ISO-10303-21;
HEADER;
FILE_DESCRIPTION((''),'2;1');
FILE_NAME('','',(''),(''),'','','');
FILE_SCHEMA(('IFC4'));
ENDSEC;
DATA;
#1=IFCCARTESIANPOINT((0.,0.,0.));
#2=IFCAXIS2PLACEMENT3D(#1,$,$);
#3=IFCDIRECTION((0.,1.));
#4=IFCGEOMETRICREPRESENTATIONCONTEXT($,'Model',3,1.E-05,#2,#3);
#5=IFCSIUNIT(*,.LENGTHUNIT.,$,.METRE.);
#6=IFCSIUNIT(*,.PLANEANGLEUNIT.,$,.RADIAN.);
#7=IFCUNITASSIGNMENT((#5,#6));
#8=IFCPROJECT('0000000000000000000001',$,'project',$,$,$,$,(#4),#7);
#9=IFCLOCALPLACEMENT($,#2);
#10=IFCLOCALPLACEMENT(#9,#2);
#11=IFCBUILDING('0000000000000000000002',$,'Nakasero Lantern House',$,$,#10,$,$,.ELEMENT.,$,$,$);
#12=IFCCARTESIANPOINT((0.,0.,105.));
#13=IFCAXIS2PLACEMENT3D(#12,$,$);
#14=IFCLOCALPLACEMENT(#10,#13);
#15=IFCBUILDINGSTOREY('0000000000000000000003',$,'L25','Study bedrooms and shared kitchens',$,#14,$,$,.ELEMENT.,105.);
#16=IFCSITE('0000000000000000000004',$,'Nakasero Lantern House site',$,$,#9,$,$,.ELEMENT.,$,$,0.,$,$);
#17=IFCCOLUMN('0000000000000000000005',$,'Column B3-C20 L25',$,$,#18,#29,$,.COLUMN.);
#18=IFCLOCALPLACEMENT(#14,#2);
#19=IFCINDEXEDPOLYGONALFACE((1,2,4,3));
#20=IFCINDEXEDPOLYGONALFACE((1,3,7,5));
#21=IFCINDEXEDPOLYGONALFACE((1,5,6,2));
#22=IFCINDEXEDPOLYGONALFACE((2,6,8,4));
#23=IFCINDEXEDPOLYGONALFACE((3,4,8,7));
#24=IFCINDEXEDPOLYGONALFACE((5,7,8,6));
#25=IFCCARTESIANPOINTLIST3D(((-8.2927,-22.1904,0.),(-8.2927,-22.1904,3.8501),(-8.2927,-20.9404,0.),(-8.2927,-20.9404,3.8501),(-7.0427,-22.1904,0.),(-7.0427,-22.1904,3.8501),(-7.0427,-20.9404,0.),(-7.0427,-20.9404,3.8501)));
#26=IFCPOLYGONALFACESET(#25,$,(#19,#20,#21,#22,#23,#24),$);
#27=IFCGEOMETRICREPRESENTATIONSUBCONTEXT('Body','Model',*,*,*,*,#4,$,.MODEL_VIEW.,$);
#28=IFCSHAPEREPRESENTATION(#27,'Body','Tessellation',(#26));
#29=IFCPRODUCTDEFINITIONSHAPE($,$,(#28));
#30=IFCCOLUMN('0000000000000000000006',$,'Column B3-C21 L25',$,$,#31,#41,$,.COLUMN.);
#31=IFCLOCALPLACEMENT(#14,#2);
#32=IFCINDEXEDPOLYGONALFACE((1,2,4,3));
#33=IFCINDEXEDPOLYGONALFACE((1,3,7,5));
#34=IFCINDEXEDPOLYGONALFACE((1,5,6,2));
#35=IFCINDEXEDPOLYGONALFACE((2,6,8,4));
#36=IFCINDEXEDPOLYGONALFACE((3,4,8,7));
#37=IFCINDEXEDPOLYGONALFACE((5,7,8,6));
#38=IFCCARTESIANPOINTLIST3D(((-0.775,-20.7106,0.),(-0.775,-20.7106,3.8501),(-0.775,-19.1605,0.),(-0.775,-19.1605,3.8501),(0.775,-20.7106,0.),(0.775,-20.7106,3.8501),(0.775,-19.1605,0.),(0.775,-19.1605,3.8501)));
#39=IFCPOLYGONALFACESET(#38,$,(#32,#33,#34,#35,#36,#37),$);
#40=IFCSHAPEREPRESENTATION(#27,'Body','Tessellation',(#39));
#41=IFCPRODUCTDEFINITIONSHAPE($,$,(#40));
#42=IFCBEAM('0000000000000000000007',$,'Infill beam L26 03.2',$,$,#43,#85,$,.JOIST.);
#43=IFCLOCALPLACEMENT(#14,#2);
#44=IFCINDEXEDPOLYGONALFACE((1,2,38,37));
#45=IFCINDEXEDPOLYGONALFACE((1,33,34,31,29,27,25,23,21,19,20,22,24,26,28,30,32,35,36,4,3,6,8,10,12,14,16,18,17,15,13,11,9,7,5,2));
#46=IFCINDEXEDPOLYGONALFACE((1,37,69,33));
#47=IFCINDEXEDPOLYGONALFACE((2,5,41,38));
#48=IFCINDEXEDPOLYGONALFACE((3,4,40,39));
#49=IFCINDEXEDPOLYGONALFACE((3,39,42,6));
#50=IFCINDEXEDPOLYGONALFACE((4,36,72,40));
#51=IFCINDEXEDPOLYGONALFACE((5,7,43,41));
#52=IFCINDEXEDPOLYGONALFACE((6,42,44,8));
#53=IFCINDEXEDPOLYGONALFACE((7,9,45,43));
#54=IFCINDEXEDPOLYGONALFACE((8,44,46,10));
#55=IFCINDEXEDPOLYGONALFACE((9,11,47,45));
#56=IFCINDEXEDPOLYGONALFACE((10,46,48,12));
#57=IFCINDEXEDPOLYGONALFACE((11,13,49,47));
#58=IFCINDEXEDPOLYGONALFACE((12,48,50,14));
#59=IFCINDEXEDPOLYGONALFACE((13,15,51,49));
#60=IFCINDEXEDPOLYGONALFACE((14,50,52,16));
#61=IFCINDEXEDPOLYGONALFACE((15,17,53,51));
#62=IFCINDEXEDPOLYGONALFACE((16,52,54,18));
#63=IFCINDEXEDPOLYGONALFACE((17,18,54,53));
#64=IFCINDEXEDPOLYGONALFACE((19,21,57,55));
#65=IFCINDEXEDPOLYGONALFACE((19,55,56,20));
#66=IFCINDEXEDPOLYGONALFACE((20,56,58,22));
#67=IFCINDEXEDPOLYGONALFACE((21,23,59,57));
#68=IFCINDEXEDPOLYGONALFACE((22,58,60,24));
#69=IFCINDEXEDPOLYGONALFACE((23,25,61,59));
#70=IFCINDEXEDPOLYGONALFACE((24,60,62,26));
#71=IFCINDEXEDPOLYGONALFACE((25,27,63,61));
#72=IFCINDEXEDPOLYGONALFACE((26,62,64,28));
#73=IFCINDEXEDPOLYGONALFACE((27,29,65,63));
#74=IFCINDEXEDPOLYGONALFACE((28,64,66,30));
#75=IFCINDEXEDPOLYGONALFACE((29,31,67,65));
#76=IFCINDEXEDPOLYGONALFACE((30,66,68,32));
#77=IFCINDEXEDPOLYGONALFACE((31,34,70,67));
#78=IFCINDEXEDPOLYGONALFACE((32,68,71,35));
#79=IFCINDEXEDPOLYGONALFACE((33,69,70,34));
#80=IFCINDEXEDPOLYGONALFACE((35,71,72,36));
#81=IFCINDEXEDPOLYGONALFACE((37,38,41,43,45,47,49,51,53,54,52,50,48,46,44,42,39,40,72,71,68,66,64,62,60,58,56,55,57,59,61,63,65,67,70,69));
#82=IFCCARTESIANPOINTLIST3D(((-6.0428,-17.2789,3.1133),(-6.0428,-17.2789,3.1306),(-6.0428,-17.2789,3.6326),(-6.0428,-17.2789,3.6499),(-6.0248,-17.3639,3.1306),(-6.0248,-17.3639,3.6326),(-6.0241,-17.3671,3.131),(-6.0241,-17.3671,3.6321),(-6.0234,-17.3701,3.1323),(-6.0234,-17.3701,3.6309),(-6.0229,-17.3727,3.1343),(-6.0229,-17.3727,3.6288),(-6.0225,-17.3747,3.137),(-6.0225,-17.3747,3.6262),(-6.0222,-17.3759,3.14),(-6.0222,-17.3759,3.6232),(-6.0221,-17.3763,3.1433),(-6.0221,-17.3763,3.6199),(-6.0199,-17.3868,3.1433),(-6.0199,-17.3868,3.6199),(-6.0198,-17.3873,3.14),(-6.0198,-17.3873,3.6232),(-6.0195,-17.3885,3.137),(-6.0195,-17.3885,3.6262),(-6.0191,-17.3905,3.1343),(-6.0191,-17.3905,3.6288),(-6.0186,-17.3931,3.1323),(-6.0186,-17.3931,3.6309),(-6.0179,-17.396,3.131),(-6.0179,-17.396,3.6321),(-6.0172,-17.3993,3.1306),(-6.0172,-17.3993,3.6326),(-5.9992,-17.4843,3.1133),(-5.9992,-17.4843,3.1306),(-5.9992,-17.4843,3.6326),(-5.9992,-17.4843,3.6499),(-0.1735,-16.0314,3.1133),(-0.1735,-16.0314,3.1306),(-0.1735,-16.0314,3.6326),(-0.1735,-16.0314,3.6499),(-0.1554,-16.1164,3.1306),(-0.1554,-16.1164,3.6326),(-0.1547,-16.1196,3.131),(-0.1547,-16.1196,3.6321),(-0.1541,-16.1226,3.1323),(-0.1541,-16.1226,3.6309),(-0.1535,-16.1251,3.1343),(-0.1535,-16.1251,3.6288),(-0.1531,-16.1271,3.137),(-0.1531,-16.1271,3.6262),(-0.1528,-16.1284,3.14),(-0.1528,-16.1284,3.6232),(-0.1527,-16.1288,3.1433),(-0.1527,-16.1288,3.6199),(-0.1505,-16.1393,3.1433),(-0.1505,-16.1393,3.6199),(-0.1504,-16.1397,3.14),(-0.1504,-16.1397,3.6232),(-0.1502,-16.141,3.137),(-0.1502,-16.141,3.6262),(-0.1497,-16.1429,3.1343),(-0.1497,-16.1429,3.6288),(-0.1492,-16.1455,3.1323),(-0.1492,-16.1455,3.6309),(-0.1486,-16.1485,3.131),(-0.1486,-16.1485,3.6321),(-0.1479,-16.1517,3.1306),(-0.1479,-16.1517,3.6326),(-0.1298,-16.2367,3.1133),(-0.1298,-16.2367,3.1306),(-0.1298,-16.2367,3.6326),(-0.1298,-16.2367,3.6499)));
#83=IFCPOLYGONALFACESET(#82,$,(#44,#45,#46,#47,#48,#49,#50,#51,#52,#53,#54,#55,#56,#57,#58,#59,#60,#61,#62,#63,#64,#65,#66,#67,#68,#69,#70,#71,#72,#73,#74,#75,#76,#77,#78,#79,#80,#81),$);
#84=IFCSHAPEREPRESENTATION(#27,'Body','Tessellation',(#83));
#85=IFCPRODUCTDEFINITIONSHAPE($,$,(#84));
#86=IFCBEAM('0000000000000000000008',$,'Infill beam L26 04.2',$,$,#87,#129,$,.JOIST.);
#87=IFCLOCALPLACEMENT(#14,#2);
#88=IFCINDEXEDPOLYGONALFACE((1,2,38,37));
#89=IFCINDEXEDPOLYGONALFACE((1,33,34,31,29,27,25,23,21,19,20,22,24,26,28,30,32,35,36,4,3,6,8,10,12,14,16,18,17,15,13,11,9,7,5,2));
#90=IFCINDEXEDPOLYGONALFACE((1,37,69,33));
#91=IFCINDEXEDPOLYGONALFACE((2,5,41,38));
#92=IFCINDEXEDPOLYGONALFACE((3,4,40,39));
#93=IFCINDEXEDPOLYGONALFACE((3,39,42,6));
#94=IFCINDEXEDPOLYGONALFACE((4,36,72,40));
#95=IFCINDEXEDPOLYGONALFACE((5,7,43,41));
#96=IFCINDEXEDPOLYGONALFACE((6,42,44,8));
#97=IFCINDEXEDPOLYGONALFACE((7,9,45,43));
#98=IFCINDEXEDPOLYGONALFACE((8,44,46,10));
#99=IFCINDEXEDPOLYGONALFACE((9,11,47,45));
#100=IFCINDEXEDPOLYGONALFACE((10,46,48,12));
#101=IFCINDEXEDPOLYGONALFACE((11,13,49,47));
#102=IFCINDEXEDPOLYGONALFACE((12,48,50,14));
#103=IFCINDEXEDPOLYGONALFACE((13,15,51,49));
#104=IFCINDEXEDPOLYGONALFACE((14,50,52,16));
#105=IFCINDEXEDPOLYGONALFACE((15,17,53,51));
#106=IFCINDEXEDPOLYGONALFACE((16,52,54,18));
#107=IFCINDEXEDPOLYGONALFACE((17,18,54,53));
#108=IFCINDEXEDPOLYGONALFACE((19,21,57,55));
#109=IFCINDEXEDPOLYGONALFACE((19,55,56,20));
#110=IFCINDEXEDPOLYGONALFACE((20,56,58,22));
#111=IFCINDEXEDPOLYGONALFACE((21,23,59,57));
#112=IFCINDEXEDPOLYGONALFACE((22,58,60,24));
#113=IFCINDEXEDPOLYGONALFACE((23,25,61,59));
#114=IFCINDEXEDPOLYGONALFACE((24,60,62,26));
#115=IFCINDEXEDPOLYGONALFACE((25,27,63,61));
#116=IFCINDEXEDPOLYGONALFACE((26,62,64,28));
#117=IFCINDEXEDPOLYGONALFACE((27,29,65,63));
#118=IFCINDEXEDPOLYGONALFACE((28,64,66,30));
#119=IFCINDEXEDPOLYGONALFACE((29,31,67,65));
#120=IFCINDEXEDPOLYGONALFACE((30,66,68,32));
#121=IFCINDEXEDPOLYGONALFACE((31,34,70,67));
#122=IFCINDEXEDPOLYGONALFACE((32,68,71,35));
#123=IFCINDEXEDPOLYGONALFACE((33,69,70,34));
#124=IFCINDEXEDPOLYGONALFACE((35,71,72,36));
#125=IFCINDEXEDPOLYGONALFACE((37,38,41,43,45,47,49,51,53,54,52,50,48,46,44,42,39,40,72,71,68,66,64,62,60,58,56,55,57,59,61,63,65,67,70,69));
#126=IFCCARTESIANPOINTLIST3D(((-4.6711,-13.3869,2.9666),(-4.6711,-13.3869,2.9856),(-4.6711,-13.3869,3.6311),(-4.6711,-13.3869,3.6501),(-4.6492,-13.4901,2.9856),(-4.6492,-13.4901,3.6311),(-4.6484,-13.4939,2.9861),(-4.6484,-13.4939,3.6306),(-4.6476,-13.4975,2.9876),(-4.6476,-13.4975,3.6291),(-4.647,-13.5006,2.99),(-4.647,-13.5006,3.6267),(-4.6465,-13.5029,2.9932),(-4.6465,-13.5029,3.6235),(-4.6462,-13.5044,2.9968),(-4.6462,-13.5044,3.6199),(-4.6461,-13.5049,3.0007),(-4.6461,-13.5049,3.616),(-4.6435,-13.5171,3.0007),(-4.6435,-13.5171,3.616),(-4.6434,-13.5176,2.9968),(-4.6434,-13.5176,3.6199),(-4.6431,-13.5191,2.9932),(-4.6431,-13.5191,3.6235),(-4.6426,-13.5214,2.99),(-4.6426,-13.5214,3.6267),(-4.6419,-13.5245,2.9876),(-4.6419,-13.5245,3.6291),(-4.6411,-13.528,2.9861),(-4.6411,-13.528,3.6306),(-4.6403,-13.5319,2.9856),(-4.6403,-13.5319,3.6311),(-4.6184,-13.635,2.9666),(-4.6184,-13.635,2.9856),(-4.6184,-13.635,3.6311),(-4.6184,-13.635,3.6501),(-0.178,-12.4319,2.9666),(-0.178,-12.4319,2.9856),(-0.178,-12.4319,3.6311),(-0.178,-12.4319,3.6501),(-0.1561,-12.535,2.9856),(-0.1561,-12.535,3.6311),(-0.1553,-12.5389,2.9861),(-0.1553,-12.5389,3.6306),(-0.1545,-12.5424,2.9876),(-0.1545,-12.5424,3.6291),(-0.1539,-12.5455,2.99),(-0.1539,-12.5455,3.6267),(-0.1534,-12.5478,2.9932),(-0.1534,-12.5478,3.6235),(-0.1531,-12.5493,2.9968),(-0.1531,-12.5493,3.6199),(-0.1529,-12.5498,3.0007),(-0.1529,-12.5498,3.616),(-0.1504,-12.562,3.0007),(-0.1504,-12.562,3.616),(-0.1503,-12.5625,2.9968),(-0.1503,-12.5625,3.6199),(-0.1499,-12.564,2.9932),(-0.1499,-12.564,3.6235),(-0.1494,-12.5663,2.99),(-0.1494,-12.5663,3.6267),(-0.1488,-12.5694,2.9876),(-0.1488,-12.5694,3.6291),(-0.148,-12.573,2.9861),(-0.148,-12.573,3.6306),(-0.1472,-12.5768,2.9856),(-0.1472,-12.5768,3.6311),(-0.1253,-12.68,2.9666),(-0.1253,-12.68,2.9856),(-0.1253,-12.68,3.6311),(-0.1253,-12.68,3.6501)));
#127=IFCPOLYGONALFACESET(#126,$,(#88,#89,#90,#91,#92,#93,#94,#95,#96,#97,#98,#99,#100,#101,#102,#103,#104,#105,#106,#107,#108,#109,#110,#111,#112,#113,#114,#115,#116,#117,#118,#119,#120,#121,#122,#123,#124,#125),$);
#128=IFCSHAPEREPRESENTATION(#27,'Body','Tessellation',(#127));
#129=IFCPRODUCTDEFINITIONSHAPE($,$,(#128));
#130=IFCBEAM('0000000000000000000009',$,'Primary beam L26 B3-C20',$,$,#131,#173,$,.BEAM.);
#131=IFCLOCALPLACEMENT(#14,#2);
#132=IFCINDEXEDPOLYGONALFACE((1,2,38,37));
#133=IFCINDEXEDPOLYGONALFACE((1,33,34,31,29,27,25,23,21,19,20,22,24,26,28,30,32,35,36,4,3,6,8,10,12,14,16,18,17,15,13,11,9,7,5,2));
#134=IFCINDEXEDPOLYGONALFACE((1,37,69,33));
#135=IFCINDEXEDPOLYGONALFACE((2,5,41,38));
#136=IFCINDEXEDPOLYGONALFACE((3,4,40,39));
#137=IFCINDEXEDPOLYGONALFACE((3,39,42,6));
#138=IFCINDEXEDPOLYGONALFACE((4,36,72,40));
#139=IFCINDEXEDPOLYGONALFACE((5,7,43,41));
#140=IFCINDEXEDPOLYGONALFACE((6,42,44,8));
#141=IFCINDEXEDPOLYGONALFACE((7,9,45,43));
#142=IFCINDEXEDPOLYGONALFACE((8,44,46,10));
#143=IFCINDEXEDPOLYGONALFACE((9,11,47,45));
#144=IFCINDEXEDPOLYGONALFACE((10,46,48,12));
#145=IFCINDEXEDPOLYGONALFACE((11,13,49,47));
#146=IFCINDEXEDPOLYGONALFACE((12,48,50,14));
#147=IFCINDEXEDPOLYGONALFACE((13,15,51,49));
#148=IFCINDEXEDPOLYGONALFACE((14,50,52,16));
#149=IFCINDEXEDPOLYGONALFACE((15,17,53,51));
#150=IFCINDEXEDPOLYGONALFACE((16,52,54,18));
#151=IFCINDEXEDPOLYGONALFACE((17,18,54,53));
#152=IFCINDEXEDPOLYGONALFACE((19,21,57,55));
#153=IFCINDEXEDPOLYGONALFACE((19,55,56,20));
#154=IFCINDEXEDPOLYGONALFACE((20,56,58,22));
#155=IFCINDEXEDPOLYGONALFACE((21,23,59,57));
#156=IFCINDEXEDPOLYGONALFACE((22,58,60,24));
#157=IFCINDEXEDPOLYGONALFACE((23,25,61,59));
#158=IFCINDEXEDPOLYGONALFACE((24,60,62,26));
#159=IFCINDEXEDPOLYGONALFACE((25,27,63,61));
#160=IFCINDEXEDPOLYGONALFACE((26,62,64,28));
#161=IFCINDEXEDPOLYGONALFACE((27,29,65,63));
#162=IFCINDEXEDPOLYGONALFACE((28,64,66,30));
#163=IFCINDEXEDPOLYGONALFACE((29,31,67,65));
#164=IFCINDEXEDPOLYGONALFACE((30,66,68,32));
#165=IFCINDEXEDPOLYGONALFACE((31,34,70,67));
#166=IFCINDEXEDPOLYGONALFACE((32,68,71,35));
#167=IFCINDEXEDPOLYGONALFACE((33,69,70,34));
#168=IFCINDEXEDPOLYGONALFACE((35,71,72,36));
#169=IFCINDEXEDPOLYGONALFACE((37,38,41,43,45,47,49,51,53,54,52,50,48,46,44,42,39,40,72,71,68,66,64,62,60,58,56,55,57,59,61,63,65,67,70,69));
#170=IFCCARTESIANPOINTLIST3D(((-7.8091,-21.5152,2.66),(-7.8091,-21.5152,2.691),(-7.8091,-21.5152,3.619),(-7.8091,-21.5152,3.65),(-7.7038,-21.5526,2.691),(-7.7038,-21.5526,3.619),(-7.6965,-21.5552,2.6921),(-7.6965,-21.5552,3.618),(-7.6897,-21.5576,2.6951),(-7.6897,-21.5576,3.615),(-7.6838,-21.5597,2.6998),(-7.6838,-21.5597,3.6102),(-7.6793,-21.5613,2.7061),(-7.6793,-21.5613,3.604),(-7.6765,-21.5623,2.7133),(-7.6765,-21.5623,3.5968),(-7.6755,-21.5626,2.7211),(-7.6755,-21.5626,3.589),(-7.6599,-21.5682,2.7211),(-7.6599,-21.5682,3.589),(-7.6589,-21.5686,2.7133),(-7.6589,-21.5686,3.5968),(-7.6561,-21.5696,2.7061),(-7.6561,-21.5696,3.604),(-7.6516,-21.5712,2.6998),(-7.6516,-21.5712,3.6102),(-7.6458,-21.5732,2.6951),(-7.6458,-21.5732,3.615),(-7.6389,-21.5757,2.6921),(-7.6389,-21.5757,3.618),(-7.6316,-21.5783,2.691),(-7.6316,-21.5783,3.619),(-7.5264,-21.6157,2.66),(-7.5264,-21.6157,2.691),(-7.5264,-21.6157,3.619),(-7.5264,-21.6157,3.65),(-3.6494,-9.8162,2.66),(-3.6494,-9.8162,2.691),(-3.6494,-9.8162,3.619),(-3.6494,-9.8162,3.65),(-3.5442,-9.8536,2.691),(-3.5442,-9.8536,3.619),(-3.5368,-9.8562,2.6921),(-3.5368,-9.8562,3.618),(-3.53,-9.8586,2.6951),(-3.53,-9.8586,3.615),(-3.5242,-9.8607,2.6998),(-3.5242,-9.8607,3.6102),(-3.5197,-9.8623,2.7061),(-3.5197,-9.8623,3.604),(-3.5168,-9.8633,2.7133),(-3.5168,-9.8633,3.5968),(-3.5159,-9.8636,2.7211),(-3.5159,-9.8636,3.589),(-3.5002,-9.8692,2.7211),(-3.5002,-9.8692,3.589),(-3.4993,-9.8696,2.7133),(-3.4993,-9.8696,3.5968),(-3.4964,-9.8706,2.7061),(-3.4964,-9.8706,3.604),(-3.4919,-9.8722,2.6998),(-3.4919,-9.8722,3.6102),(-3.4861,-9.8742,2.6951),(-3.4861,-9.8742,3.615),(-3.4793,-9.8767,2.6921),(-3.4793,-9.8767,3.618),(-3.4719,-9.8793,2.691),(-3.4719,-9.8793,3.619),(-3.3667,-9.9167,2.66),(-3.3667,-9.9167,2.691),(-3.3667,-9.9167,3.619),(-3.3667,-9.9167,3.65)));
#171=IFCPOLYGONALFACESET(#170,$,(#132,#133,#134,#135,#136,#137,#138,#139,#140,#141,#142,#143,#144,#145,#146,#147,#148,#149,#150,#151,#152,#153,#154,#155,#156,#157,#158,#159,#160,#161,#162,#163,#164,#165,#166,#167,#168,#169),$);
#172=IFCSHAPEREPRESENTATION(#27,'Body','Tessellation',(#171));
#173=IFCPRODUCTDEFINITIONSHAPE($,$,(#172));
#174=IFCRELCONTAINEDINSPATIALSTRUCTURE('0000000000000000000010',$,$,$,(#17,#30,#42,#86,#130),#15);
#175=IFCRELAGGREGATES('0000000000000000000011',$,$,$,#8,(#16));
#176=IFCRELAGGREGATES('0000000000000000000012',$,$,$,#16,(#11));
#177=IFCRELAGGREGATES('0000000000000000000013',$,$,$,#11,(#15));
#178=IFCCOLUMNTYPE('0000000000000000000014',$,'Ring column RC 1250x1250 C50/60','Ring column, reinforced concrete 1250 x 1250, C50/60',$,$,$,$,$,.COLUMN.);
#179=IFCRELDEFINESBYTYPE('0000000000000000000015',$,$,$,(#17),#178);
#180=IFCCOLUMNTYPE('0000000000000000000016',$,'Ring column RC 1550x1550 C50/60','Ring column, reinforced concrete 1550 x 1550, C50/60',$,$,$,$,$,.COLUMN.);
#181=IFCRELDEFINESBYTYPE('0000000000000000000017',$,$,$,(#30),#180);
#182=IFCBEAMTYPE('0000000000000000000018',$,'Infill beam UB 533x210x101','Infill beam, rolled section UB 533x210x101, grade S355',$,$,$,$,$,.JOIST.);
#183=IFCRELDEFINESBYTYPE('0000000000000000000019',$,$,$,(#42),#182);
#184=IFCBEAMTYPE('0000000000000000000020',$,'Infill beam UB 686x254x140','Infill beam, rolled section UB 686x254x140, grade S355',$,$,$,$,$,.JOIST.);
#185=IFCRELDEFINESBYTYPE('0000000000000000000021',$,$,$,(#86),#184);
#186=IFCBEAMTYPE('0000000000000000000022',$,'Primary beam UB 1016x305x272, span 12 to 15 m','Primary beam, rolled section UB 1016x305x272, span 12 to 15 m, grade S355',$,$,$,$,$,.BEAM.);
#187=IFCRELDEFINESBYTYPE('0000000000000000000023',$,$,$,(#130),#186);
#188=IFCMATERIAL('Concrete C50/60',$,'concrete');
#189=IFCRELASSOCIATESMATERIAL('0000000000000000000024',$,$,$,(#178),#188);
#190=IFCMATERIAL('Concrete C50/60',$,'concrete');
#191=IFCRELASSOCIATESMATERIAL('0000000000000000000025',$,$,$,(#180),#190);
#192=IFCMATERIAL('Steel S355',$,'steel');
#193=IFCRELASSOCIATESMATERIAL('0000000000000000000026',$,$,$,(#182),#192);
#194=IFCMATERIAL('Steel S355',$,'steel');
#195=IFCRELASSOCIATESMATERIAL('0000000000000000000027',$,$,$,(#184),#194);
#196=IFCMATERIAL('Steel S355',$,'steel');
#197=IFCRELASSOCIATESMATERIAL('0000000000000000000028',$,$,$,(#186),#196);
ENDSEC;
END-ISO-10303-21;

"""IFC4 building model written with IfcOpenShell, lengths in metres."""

from ifc_helpers import new_model, si_unit, direction, frame, origin, origin_2d, place, context, subcontext, project, spatial, rectangle, i_section, extrude, material, material_profile, profile_set, type_object, element, save


model = new_model("IFC4")

# Units and contexts
model_context = context("Model", 3, precision=1e-05, world=origin(), true_north=direction((0.0, 1.0)))
body_context = subcontext(model_context, "Body", "Model", "MODEL_VIEW")
ifc_project = project(units=[si_unit("LENGTHUNIT", "METRE"), si_unit("PLANEANGLEUNIT", "RADIAN")], contexts=[model_context])

# Site, building, storey
site_placement = place(None, origin())
site = spatial("IfcSite", under=ifc_project, at=site_placement, Name="Nakasero Lantern House site", CompositionType="ELEMENT", RefElevation=0.0)
building_placement = place(site_placement, origin())
building = spatial("IfcBuilding", under=site, at=building_placement, Name="Nakasero Lantern House", CompositionType="ELEMENT")
storey_placement = place(building_placement, frame((0.0, 0.0, 105.0)))
storey = spatial("IfcBuildingStorey", under=building, at=storey_placement, Name="L25", Description="Study bedrooms and shared kitchens", CompositionType="ELEMENT", Elevation=105.0)

# Columns
ifc_material_1 = material(Name="Concrete C50/60", Category="concrete")
ifc_material_profile_1 = material_profile(ifc_material_1, rectangle(XDim=1.25, YDim=1.25, at=origin_2d()), Name="RC 1250x1250")
ifc_profile_set_1 = profile_set([ifc_material_profile_1], Name="Concrete C50/60")
column_type_1 = type_object("IfcColumnType", Name="Ring column RC 1250x1250 C50/60", Description="Ring column, reinforced concrete 1250 x 1250, C50/60", PredefinedType="COLUMN", material=ifc_profile_set_1)
column_1_placement = place(storey_placement, frame((-7.6677, -21.5654, 0.0), z_axis=(0.0, 0.0, 1.0), x_axis=(1.0, 0.0, 0.0)))
element("IfcColumn", 1, at=column_1_placement, inside=storey, type_object=column_type_1, Name="Column B3-C20 L25", PredefinedType="COLUMN", context=body_context, shape_type="SweptSolid", body=[
    extrude(rectangle(XDim=1.25, YDim=1.25, at=origin_2d()), origin(), (0.0, 0.0, 1.0), 3.8501),
])
ifc_material_2 = material(Name="Concrete C50/60", Category="concrete")
ifc_material_profile_2 = material_profile(ifc_material_2, rectangle(XDim=1.55, YDim=1.55, at=origin_2d()), Name="RC 1550x1550")
ifc_profile_set_2 = profile_set([ifc_material_profile_2], Name="Concrete C50/60")
column_type_2 = type_object("IfcColumnType", Name="Ring column RC 1550x1550 C50/60", Description="Ring column, reinforced concrete 1550 x 1550, C50/60", PredefinedType="COLUMN", material=ifc_profile_set_2)
column_2_placement = place(storey_placement, frame((0.0, -19.9355, 0.0), z_axis=(0.0, 0.0, 1.0), x_axis=(1.0, 0.0, 0.0)))
element("IfcColumn", 2, at=column_2_placement, inside=storey, type_object=column_type_2, Name="Column B3-C21 L25", PredefinedType="COLUMN", context=body_context, shape_type="SweptSolid", body=[
    extrude(rectangle(XDim=1.55, YDim=1.55, at=origin_2d()), origin(), (0.0, 0.0, 1.0), 3.8501),
])

# Beams
ifc_material_3 = material(Name="Steel S355", Category="steel")
ifc_material_profile_3 = material_profile(ifc_material_3, i_section(OverallWidth=0.21, OverallDepth=0.5366, WebThickness=0.0107, FlangeThickness=0.0173, FilletRadius=0.0127, at=origin_2d()), Name="UB 533x210x101")
ifc_profile_set_3 = profile_set([ifc_material_profile_3], Name="Steel S355")
beam_type_1 = type_object("IfcBeamType", Name="Infill beam UB 533x210x101", Description="Infill beam, rolled section UB 533x210x101, grade S355", PredefinedType="JOIST", material=ifc_profile_set_3)
beam_1_placement = place(storey_placement, frame((-6.021, -17.3816, 3.3816), z_axis=(0.978148, 0.207909, 0.0), x_axis=(-0.207909, 0.978148, 0.0)))
element("IfcBeam", 3, at=beam_1_placement, inside=storey, type_object=beam_type_1, Name="Infill beam L26 03.2", PredefinedType="JOIST", context=body_context, shape_type="SweptSolid", body=[
    extrude(i_section(OverallWidth=0.21, OverallDepth=0.5366, WebThickness=0.0107, FlangeThickness=0.0173, FilletRadius=0.0127, at=origin_2d()), origin(), (0.0, 0.0, 1.0), 6.0005),
])
ifc_material_4 = material(Name="Steel S355", Category="steel")
ifc_material_profile_4 = material_profile(ifc_material_4, i_section(OverallWidth=0.2537, OverallDepth=0.6836, WebThickness=0.0125, FlangeThickness=0.019, FilletRadius=0.0151, at=origin_2d()), Name="UB 686x254x140")
ifc_profile_set_4 = profile_set([ifc_material_profile_4], Name="Steel S355")
beam_type_2 = type_object("IfcBeamType", Name="Infill beam UB 686x254x140", Description="Infill beam, rolled section UB 686x254x140, grade S355", PredefinedType="JOIST", material=ifc_profile_set_4)
beam_2_placement = place(storey_placement, frame((-4.6448, -13.511, 3.3083), z_axis=(0.978146, 0.207917, 0.0), x_axis=(-0.207917, 0.978146, 0.0)))
element("IfcBeam", 4, at=beam_2_placement, inside=storey, type_object=beam_type_2, Name="Infill beam L26 04.2", PredefinedType="JOIST", context=body_context, shape_type="SweptSolid", body=[
    extrude(i_section(OverallWidth=0.2537, OverallDepth=0.6836, WebThickness=0.0125, FlangeThickness=0.019, FilletRadius=0.0151, at=origin_2d()), origin(), (0.0, 0.0, 1.0), 4.5935),
])
ifc_material_5 = material(Name="Steel S355", Category="steel")
ifc_material_profile_5 = material_profile(ifc_material_5, i_section(OverallWidth=0.3, OverallDepth=0.99, WebThickness=0.0166, FlangeThickness=0.031, FilletRadius=0.03, at=origin_2d()), Name="UB 1016x305x272")
ifc_profile_set_5 = profile_set([ifc_material_profile_5], Name="Steel S355")
beam_type_3 = type_object("IfcBeamType", Name="Primary beam UB 1016x305x272, span 12 to 15 m", Description="Primary beam, rolled section UB 1016x305x272, span 12 to 15 m, grade S355", PredefinedType="BEAM", material=ifc_profile_set_5)
beam_3_placement = place(storey_placement, frame((-7.6677, -21.5654, 3.155), z_axis=(0.335012, 0.942214, 0.0), x_axis=(-0.942214, 0.335012, 0.0)))
element("IfcBeam", 5, at=beam_3_placement, inside=storey, type_object=beam_type_3, Name="Primary beam L26 B3-C20", PredefinedType="BEAM", context=body_context, shape_type="SweptSolid", body=[
    extrude(i_section(OverallWidth=0.3, OverallDepth=0.99, WebThickness=0.0166, FlangeThickness=0.031, FilletRadius=0.03, at=origin_2d()), origin(), (0.0, 0.0, 1.0), 12.4165),
])

save(model, "model.ifc")
